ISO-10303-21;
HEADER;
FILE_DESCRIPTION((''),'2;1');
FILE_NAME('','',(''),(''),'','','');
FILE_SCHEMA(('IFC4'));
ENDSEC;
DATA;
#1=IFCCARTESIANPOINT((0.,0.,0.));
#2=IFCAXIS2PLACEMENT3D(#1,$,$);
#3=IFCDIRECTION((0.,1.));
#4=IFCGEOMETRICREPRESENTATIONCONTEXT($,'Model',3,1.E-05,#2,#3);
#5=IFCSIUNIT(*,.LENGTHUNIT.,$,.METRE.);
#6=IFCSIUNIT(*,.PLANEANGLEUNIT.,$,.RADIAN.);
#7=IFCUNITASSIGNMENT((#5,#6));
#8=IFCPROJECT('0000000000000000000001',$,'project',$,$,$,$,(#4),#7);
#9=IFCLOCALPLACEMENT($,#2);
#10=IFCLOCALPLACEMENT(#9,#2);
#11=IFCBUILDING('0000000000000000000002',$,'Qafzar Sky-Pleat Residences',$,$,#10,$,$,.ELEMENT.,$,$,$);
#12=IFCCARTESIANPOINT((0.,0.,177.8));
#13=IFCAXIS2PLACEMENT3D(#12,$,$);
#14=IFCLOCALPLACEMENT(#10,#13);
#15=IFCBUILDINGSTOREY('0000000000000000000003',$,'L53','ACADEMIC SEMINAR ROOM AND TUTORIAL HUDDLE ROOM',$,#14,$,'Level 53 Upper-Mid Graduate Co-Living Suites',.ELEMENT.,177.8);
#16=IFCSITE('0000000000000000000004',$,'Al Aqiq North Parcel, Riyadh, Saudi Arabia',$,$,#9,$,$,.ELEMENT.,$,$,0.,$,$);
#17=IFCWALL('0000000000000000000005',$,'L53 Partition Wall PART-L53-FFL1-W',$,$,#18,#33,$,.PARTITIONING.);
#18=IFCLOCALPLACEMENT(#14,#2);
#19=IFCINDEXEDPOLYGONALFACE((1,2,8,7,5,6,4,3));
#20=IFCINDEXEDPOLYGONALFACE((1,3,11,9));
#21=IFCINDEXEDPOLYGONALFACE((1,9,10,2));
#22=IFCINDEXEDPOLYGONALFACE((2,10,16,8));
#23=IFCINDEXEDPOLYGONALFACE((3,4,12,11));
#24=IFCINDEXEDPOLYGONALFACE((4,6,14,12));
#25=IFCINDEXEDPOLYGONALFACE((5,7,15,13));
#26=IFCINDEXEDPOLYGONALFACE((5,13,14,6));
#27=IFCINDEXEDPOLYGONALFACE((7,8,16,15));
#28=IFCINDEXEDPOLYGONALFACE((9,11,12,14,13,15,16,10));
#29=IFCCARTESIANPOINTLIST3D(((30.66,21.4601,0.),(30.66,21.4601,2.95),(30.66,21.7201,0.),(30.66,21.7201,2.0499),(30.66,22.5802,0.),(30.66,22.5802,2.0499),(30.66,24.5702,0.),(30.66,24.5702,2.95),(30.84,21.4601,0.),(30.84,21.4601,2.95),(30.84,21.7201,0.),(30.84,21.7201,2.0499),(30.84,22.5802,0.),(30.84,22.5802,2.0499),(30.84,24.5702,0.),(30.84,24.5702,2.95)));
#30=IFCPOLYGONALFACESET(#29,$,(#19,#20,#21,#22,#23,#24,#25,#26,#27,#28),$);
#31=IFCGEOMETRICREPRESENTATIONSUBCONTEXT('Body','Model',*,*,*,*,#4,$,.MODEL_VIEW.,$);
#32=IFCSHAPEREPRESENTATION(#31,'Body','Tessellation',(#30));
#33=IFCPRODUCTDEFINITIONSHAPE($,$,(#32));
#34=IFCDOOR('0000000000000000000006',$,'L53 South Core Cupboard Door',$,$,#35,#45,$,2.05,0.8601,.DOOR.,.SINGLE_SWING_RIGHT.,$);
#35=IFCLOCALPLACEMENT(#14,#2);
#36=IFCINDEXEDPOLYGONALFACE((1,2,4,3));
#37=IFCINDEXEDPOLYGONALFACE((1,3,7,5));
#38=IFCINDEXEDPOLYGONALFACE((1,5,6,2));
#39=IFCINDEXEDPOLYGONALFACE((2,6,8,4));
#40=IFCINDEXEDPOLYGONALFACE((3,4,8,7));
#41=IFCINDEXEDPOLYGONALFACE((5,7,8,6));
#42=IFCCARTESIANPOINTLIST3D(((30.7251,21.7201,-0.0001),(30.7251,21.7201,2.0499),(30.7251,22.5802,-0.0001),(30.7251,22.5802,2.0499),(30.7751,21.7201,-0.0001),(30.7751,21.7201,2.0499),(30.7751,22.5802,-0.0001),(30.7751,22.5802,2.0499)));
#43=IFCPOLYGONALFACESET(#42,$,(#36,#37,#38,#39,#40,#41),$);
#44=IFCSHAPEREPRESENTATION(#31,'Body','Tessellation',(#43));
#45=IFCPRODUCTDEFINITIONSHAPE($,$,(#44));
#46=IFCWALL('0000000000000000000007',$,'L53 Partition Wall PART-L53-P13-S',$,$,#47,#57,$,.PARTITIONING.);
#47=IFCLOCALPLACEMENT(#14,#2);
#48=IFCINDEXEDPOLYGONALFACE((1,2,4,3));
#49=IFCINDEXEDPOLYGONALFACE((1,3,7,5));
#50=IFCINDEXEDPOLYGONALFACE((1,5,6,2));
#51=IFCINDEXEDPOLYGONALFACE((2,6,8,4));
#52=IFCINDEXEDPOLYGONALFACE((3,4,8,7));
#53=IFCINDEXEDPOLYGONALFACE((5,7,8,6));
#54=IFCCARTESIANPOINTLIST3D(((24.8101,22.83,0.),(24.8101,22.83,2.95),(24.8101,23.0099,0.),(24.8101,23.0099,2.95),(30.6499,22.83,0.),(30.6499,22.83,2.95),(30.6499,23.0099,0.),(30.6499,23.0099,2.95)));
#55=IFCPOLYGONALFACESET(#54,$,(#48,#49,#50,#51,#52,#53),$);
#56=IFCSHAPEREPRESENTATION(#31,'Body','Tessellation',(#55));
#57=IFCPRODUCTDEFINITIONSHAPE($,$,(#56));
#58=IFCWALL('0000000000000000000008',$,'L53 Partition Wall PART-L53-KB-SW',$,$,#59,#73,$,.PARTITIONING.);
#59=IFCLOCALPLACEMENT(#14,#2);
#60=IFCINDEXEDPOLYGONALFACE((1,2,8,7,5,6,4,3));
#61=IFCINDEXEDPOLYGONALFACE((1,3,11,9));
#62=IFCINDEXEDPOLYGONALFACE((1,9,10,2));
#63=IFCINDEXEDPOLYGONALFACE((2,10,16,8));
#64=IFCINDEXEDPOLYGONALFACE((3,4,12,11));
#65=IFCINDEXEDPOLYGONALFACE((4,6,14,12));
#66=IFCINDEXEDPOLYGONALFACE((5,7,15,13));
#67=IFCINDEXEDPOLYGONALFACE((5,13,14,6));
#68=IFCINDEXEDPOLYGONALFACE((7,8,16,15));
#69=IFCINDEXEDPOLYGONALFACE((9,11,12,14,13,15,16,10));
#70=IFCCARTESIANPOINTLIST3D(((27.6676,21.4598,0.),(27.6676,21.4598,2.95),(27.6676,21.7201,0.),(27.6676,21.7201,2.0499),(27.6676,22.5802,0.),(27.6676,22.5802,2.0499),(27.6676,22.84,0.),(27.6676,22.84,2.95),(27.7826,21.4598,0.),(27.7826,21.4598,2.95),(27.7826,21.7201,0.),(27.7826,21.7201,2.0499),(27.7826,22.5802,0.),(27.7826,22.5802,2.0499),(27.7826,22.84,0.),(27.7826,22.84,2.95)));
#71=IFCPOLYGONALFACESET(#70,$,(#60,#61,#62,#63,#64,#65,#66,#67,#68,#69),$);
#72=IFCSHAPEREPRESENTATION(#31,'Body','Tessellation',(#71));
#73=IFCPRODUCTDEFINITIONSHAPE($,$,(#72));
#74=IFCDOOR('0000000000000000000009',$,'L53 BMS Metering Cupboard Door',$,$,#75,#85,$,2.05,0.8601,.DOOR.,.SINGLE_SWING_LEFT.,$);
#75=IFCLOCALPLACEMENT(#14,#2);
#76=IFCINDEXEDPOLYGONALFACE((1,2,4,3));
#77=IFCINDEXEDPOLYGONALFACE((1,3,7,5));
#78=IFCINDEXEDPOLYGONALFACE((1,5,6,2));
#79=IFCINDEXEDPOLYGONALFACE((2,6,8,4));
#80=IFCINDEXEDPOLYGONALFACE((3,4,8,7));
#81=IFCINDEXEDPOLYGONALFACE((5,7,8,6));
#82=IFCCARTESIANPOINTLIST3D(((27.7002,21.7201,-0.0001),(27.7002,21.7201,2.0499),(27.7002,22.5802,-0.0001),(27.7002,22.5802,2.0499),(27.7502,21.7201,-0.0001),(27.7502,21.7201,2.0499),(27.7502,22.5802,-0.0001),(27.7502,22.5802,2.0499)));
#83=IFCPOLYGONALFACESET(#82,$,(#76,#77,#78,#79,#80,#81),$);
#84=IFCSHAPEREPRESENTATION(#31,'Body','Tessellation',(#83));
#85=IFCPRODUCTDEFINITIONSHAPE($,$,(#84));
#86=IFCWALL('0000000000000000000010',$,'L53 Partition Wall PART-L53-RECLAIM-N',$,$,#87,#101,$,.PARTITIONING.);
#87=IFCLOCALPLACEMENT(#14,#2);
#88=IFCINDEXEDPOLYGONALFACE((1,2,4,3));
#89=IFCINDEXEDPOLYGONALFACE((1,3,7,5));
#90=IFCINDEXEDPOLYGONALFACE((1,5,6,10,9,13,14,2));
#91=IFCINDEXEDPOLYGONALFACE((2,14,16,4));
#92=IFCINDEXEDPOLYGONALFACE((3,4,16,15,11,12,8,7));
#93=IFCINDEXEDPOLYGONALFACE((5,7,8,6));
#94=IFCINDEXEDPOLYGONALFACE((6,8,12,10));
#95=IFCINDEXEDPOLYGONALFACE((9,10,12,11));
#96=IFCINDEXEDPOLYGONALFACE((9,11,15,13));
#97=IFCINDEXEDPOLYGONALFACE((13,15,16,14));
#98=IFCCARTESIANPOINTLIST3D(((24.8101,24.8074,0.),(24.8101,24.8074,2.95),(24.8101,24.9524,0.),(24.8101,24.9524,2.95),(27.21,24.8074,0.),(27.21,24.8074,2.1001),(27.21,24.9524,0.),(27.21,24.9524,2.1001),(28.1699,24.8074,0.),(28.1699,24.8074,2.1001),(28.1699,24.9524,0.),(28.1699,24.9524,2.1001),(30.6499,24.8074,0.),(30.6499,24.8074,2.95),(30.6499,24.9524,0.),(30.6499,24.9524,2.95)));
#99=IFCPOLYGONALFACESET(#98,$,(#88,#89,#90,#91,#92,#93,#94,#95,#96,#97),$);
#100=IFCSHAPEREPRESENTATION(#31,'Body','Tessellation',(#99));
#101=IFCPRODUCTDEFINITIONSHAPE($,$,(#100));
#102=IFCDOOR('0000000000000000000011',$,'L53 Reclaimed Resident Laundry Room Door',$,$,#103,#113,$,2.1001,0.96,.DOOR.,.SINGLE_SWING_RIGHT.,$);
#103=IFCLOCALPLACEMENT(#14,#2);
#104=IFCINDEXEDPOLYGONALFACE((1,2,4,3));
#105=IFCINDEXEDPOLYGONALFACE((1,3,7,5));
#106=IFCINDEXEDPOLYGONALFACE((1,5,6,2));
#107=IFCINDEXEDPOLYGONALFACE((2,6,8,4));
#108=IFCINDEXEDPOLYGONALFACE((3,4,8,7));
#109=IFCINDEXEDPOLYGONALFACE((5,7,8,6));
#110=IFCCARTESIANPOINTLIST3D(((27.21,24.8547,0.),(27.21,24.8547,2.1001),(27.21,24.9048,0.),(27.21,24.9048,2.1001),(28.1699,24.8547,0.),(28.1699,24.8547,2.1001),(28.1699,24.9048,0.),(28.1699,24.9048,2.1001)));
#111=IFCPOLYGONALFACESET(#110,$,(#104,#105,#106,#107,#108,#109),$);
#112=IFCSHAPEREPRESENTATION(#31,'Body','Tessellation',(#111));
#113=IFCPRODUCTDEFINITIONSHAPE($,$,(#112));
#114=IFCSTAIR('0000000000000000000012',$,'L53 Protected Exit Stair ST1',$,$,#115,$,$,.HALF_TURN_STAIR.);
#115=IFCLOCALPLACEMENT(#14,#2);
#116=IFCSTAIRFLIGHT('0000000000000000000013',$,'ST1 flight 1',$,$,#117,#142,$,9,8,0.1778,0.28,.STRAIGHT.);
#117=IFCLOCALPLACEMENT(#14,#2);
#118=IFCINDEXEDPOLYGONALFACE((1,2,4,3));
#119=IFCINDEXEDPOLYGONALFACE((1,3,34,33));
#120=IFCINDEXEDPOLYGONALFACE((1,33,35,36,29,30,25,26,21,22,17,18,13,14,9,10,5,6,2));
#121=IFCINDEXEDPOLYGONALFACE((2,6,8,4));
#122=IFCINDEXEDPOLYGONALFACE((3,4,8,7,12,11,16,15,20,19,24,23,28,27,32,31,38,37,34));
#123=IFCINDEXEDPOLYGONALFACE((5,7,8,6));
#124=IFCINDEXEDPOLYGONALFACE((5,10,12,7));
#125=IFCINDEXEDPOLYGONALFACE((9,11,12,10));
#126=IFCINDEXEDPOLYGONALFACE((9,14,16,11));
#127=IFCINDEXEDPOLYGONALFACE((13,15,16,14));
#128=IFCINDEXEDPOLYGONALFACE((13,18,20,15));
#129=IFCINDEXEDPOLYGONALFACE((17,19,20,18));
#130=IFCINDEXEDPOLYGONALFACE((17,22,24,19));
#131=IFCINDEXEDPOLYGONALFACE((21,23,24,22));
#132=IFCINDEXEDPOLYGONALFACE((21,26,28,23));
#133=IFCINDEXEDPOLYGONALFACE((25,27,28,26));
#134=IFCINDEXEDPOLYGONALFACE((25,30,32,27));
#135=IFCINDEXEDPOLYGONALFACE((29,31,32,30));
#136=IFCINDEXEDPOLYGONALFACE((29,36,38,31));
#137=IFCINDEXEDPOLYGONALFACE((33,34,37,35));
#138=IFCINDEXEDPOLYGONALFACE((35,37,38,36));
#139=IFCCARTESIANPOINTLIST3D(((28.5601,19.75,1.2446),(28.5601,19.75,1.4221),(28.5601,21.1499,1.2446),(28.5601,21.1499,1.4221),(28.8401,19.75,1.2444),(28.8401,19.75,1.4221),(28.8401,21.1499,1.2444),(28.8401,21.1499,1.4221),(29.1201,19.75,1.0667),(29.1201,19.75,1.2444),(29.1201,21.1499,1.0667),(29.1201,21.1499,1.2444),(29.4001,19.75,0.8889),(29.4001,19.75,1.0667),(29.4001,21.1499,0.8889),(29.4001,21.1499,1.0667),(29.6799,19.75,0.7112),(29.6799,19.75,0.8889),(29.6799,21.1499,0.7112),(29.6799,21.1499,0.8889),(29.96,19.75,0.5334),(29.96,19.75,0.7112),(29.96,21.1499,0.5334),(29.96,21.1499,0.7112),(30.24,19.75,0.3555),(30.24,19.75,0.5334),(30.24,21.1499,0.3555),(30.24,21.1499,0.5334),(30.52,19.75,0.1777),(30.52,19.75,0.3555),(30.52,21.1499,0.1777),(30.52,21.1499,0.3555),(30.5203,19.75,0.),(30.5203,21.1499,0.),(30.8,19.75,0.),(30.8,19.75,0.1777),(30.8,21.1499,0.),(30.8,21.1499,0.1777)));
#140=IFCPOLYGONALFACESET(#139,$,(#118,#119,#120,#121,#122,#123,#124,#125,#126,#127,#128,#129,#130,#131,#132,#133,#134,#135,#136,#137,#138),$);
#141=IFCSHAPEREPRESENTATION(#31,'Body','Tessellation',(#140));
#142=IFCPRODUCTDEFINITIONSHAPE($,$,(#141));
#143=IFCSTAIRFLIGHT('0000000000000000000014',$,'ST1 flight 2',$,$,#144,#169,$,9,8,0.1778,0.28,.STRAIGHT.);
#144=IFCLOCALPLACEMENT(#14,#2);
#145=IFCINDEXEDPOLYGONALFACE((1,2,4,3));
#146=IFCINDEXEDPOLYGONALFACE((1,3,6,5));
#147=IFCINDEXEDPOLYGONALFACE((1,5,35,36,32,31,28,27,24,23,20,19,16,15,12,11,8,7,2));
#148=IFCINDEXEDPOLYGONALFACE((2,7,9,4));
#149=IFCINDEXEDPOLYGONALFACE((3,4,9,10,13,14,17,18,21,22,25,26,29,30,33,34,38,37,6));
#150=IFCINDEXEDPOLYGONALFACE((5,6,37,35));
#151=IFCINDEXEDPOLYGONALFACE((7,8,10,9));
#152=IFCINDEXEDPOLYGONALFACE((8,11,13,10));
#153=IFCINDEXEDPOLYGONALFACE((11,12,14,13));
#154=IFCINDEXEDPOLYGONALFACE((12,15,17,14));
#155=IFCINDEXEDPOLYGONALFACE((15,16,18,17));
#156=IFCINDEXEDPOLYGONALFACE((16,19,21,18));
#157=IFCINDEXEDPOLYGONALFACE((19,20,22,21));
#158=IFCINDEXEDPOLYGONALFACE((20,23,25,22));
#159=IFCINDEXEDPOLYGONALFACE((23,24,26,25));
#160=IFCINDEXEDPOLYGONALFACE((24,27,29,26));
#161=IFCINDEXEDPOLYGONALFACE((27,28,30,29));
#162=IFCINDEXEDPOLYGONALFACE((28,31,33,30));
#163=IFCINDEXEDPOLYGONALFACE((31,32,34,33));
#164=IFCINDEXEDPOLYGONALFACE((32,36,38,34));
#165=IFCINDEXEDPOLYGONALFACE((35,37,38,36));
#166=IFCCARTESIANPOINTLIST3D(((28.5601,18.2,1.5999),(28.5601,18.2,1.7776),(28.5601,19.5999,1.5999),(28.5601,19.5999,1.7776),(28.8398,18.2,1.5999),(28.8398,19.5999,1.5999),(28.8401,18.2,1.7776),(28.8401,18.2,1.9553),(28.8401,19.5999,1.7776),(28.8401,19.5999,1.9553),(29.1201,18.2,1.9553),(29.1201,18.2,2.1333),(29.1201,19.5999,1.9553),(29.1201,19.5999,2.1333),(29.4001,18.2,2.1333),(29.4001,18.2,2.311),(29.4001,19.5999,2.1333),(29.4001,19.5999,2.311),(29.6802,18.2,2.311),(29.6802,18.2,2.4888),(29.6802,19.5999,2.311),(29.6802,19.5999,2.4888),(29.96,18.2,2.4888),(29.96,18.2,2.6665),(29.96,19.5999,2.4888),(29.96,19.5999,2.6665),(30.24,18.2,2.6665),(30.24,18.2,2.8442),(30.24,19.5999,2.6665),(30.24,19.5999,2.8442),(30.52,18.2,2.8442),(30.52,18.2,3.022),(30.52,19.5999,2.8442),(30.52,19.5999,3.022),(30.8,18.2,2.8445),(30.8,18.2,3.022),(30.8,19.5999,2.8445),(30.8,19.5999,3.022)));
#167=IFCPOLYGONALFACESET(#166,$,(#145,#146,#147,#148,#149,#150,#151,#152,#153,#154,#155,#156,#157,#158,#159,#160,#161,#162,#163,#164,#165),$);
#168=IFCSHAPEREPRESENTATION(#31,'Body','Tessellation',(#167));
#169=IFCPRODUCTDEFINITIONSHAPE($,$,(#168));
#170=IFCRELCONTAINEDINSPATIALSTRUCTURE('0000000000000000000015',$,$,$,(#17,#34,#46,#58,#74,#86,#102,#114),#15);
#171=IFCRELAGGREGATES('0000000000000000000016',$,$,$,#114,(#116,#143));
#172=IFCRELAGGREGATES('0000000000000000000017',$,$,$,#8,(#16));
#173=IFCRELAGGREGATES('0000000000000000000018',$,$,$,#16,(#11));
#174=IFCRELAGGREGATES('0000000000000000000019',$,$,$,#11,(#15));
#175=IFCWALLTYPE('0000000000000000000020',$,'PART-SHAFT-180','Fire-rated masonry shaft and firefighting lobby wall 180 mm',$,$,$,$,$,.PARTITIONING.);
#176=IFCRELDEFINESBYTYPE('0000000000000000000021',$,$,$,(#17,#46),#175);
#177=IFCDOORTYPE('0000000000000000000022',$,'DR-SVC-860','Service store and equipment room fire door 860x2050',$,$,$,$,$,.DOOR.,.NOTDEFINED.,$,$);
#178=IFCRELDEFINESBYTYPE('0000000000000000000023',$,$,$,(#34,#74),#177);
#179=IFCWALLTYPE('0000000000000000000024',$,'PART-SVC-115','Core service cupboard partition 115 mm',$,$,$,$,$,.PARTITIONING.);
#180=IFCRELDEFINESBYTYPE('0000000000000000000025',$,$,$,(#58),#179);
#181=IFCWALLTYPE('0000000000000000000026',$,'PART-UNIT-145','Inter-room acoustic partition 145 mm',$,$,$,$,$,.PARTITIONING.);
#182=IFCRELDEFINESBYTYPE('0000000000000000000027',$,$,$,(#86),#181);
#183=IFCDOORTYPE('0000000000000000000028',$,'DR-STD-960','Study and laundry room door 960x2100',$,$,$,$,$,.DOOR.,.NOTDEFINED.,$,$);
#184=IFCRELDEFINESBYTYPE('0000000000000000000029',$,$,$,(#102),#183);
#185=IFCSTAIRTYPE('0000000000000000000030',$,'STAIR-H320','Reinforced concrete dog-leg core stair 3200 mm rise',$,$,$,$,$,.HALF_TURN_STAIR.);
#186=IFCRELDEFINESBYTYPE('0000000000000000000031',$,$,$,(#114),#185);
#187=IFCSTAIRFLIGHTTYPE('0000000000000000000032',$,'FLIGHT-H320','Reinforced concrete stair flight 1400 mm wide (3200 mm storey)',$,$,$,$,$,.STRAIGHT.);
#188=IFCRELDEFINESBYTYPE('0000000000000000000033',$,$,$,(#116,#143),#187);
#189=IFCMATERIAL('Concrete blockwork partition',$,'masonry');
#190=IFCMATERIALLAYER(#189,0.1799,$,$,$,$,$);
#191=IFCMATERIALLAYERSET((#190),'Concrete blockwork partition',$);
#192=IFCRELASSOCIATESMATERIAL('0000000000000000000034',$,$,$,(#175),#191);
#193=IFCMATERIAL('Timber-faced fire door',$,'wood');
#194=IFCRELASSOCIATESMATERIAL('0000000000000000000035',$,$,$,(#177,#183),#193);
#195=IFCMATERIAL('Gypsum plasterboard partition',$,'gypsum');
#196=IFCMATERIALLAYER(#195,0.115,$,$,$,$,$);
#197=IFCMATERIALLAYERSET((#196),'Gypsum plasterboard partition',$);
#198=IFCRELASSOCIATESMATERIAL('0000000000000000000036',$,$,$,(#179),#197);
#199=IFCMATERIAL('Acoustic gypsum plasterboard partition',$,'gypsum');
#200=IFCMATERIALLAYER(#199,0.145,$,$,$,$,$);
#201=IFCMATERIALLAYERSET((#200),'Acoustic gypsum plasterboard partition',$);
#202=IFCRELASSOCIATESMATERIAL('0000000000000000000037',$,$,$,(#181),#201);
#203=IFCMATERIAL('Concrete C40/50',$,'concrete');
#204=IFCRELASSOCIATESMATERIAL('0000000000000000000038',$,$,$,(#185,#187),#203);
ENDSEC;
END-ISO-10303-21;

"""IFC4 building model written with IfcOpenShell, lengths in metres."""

from ifc_helpers import new_model, si_unit, direction, frame, frame_2d, origin, place, context, subcontext, project, spatial, polyline, rectangle, outline, extrude, source, transform, mapped, material, layer, layer_set, type_object, element, fill, aggregate, save


model = new_model("IFC4")

# Units and contexts
model_context = context("Model", 3, precision=1e-05, world=origin(), true_north=direction((0.0, 1.0)))
body_context = subcontext(model_context, "Body", "Model", "MODEL_VIEW")
ifc_project = project(units=[si_unit("LENGTHUNIT", "METRE"), si_unit("PLANEANGLEUNIT", "RADIAN")], contexts=[model_context])

# Site, building, storey
site_placement = place(None, origin())
site = spatial("IfcSite", under=ifc_project, at=site_placement, Name="Al Aqiq North Parcel, Riyadh, Saudi Arabia", CompositionType="ELEMENT", RefElevation=0.0)
building_placement = place(site_placement, origin())
building = spatial("IfcBuilding", under=site, at=building_placement, Name="Qafzar Sky-Pleat Residences", CompositionType="ELEMENT")
storey_placement = place(building_placement, frame((0.0, 0.0, 177.8)))
storey = spatial("IfcBuildingStorey", under=building, at=storey_placement, Name="L53", Description="ACADEMIC SEMINAR ROOM AND TUTORIAL HUDDLE ROOM", LongName="Level 53 Upper-Mid Graduate Co-Living Suites", CompositionType="ELEMENT", Elevation=177.8)

# Wall, opening, door
ifc_material_1 = material(Name="Concrete blockwork partition", Category="masonry")
ifc_layer_1 = layer(ifc_material_1, 0.1799)
ifc_layer_set_1 = layer_set([ifc_layer_1], Name="Concrete blockwork partition")
wall_type_1 = type_object("IfcWallType", Name="PART-SHAFT-180", Description="Fire-rated masonry shaft and firefighting lobby wall 180 mm", PredefinedType="PARTITIONING", material=ifc_layer_set_1)
wall_1_placement = place(storey_placement, frame((30.75, 21.46, 0.0), z_axis=(0.0, 0.0, 1.0), x_axis=(0.0, 1.0, 0.0)))
wall_1 = element("IfcWall", 1, at=wall_1_placement, inside=storey, type_object=wall_type_1, Name="L53 Partition Wall PART-L53-FFL1-W", PredefinedType="PARTITIONING", context=body_context, shape_type="SweptSolid", body=[
    extrude(rectangle(XDim=3.1101, YDim=0.1799, at=frame_2d((1.5552, 0.0))), origin(), (0.0, 0.0, 1.0), 2.95),
])
opening_1_placement = place(wall_1_placement, frame((0.26, 0.0, 0.0)))
opening_1 = element("IfcOpeningElement", 2, at=opening_1_placement, cuts=wall_1, PredefinedType="OPENING", context=body_context, shape_type="SweptSolid", body=[
    extrude(rectangle(XDim=0.8601, YDim=2.05, at=frame_2d((0.4302, 1.0249))), frame((0.0, 0.1001, 0.0), z_axis=(0.0, -1.0, 0.0), x_axis=(1.0, 0.0, 0.0)), (0.0, 0.0, 1.0), 0.2),
])
ifc_material_2 = material(Name="Timber-faced fire door", Category="wood")
door_type_1 = type_object("IfcDoorType", Name="DR-SVC-860", Description="Service store and equipment room fire door 860x2050", OperationType="NOTDEFINED", PredefinedType="DOOR", material=ifc_material_2)
shared_shape_1 = source(origin(), body_context, "Body", "SweptSolid", [
    extrude(rectangle(XDim=0.8601, YDim=2.05, at=frame_2d((0.4302, 1.0249))), frame((0.0, 0.0249, 0.0), z_axis=(0.0, -1.0, 0.0), x_axis=(1.0, 0.0, 0.0)), (0.0, 0.0, 1.0), 0.05),
])
door_1_placement = place(opening_1_placement, origin())
door_1 = element("IfcDoor", 3, at=door_1_placement, inside=storey, type_object=door_type_1, Name="L53 South Core Cupboard Door", OperationType="SINGLE_SWING_RIGHT", OverallHeight=2.05, OverallWidth=0.8601, PredefinedType="DOOR", context=body_context, shape_type="MappedRepresentation", body=[
    mapped(shared_shape_1, transform((0.0, 0.0, 0.0), x_axis=(1.0, 0.0, 0.0), y_axis=(0.0, 1.0, 0.0), z_axis=(0.0, 0.0, 1.0), scale=1.0)),
])
fill(opening_1, door_1)

# Wall
wall_2_placement = place(storey_placement, frame((24.8101, 22.9199, 0.0), z_axis=(0.0, 0.0, 1.0), x_axis=(1.0, 0.0, 0.0)))
element("IfcWall", 4, at=wall_2_placement, inside=storey, type_object=wall_type_1, Name="L53 Partition Wall PART-L53-P13-S", PredefinedType="PARTITIONING", context=body_context, shape_type="SweptSolid", body=[
    extrude(rectangle(XDim=5.8398, YDim=0.1799, at=frame_2d((2.9199, 0.0))), origin(), (0.0, 0.0, 1.0), 2.95),
])

# Walls, openings, doors
ifc_material_3 = material(Name="Gypsum plasterboard partition", Category="gypsum")
ifc_layer_2 = layer(ifc_material_3, 0.115)
ifc_layer_set_2 = layer_set([ifc_layer_2], Name="Gypsum plasterboard partition")
wall_type_2 = type_object("IfcWallType", Name="PART-SVC-115", Description="Core service cupboard partition 115 mm", PredefinedType="PARTITIONING", material=ifc_layer_set_2)
wall_3_placement = place(storey_placement, frame((27.7251, 21.46, 0.0), z_axis=(0.0, 0.0, 1.0), x_axis=(0.0, 1.0, 0.0)))
wall_3 = element("IfcWall", 5, at=wall_3_placement, inside=storey, type_object=wall_type_2, Name="L53 Partition Wall PART-L53-KB-SW", PredefinedType="PARTITIONING", context=body_context, shape_type="SweptSolid", body=[
    extrude(rectangle(XDim=1.3801, YDim=0.115, at=frame_2d((0.6899, 0.0))), origin(), (0.0, 0.0, 1.0), 2.95),
])
opening_2_placement = place(wall_3_placement, frame((0.26, 0.0, 0.0)))
opening_2 = element("IfcOpeningElement", 6, at=opening_2_placement, cuts=wall_3, PredefinedType="OPENING", context=body_context, shape_type="SweptSolid", body=[
    extrude(rectangle(XDim=0.8601, YDim=2.05, at=frame_2d((0.4302, 1.0249))), frame((0.0, 0.0674, 0.0), z_axis=(0.0, -1.0, 0.0), x_axis=(1.0, 0.0, 0.0)), (0.0, 0.0, 1.0), 0.135),
])
door_2_placement = place(opening_2_placement, origin())
door_2 = element("IfcDoor", 7, at=door_2_placement, inside=storey, type_object=door_type_1, Name="L53 BMS Metering Cupboard Door", OperationType="SINGLE_SWING_LEFT", OverallHeight=2.05, OverallWidth=0.8601, PredefinedType="DOOR", context=body_context, shape_type="MappedRepresentation", body=[
    mapped(shared_shape_1, transform((0.0, 0.0, 0.0), x_axis=(1.0, 0.0, 0.0), y_axis=(0.0, 1.0, 0.0), z_axis=(0.0, 0.0, 1.0), scale=1.0)),
])
fill(opening_2, door_2)
ifc_material_4 = material(Name="Acoustic gypsum plasterboard partition", Category="gypsum")
ifc_layer_3 = layer(ifc_material_4, 0.145)
ifc_layer_set_3 = layer_set([ifc_layer_3], Name="Acoustic gypsum plasterboard partition")
wall_type_3 = type_object("IfcWallType", Name="PART-UNIT-145", Description="Inter-room acoustic partition 145 mm", PredefinedType="PARTITIONING", material=ifc_layer_set_3)
wall_4_placement = place(storey_placement, frame((24.8101, 24.8799, 0.0), z_axis=(0.0, 0.0, 1.0), x_axis=(1.0, 0.0, 0.0)))
wall_4 = element("IfcWall", 8, at=wall_4_placement, inside=storey, type_object=wall_type_3, Name="L53 Partition Wall PART-L53-RECLAIM-N", PredefinedType="PARTITIONING", context=body_context, shape_type="SweptSolid", body=[
    extrude(rectangle(XDim=5.8398, YDim=0.145, at=frame_2d((2.9199, 0.0))), origin(), (0.0, 0.0, 1.0), 2.95),
])
opening_3_placement = place(wall_4_placement, frame((2.3999, 0.0, 0.0)))
opening_3 = element("IfcOpeningElement", 9, at=opening_3_placement, cuts=wall_4, PredefinedType="OPENING", context=body_context, shape_type="SweptSolid", body=[
    extrude(rectangle(XDim=0.96, YDim=2.1001, at=frame_2d((0.48, 1.05))), frame((0.0, 0.0825, 0.0), z_axis=(0.0, -1.0, 0.0), x_axis=(1.0, 0.0, 0.0)), (0.0, 0.0, 1.0), 0.165),
])
door_type_2 = type_object("IfcDoorType", Name="DR-STD-960", Description="Study and laundry room door 960x2100", OperationType="NOTDEFINED", PredefinedType="DOOR", material=ifc_material_2)
shared_shape_2 = source(origin(), body_context, "Body", "SweptSolid", [
    extrude(rectangle(XDim=0.96, YDim=2.1001, at=frame_2d((0.48, 1.05))), frame((0.0, 0.0249, 0.0), z_axis=(0.0, -1.0, 0.0), x_axis=(1.0, 0.0, 0.0)), (0.0, 0.0, 1.0), 0.05),
])
door_3_placement = place(opening_3_placement, origin())
door_3 = element("IfcDoor", 10, at=door_3_placement, inside=storey, type_object=door_type_2, Name="L53 Reclaimed Resident Laundry Room Door", OperationType="SINGLE_SWING_RIGHT", OverallHeight=2.1001, OverallWidth=0.96, PredefinedType="DOOR", context=body_context, shape_type="MappedRepresentation", body=[
    mapped(shared_shape_2, transform((0.0, 0.0, 0.0), x_axis=(1.0, 0.0, 0.0), y_axis=(0.0, 1.0, 0.0), z_axis=(0.0, 0.0, 1.0), scale=1.0)),
])
fill(opening_3, door_3)

# Stair, stair flights
ifc_material_5 = material(Name="Concrete C40/50", Category="concrete")
stair_type = type_object("IfcStairType", Name="STAIR-H320", Description="Reinforced concrete dog-leg core stair 3200 mm rise", PredefinedType="HALF_TURN_STAIR", material=ifc_material_5)
stair_placement = place(storey_placement, origin())
stair = element("IfcStair", 11, at=stair_placement, inside=storey, type_object=stair_type, Name="L53 Protected Exit Stair ST1", PredefinedType="HALF_TURN_STAIR")
stair_flight_type = type_object("IfcStairFlightType", Name="FLIGHT-H320", Description="Reinforced concrete stair flight 1400 mm wide (3200 mm storey)", PredefinedType="STRAIGHT", material=ifc_material_5)
shared_shape_3 = source(origin(), body_context, "Body", "SweptSolid", [
    extrude(outline(polyline([(0.0, 0.0), (0.0, 0.1777), (0.28, 0.1777), (0.28, 0.3555), (0.5601, 0.3555), (0.5601, 0.5334), (0.8401, 0.5334), (0.8401, 0.7112), (1.1201, 0.7112), (1.1201, 0.8889), (1.3999, 0.8889), (1.3999, 1.0667), (1.6799, 1.0667), (1.6799, 1.2444), (1.96, 1.2444), (1.96, 1.4221), (2.24, 1.4221), (2.24, 1.6001), (2.24, 1.2446), (0.2798, 0.0), (0.0, 0.0)])), frame((0.0, 0.7, 0.0), z_axis=(0.0, -1.0, 0.0), x_axis=(1.0, 0.0, 0.0)), (0.0, 0.0, 1.0), 1.3999),
])
stair_flight_1_placement = place(storey_placement, frame((30.8, 20.45, 0.0), z_axis=(0.0, 0.0, 1.0), x_axis=(-1.0, 0.0, 0.0)))
stair_flight_1 = element("IfcStairFlight", 12, at=stair_flight_1_placement, type_object=stair_flight_type, Name="ST1 flight 1", NumberOfRisers=9, NumberOfTreads=8, PredefinedType="STRAIGHT", RiserHeight=0.1778, TreadLength=0.28, context=body_context, shape_type="MappedRepresentation", body=[
    mapped(shared_shape_3, transform((0.0, 0.0, 0.0), x_axis=(1.0, 0.0, 0.0), y_axis=(0.0, 1.0, 0.0), z_axis=(0.0, 0.0, 1.0), scale=1.0)),
])
stair_flight_2_placement = place(storey_placement, frame((28.5601, 18.8999, 1.5999), z_axis=(0.0, 0.0, 1.0), x_axis=(1.0, 0.0, 0.0)))
stair_flight_2 = element("IfcStairFlight", 13, at=stair_flight_2_placement, type_object=stair_flight_type, Name="ST1 flight 2", NumberOfRisers=9, NumberOfTreads=8, PredefinedType="STRAIGHT", RiserHeight=0.1778, TreadLength=0.28, context=body_context, shape_type="MappedRepresentation", body=[
    mapped(shared_shape_3, transform((0.0, 0.0, 0.0), x_axis=(1.0, 0.0, 0.0), y_axis=(0.0, 1.0, 0.0), z_axis=(0.0, 0.0, 1.0), scale=1.0)),
])
aggregate(stair, [stair_flight_1, stair_flight_2])

save(model, "model.ifc")
